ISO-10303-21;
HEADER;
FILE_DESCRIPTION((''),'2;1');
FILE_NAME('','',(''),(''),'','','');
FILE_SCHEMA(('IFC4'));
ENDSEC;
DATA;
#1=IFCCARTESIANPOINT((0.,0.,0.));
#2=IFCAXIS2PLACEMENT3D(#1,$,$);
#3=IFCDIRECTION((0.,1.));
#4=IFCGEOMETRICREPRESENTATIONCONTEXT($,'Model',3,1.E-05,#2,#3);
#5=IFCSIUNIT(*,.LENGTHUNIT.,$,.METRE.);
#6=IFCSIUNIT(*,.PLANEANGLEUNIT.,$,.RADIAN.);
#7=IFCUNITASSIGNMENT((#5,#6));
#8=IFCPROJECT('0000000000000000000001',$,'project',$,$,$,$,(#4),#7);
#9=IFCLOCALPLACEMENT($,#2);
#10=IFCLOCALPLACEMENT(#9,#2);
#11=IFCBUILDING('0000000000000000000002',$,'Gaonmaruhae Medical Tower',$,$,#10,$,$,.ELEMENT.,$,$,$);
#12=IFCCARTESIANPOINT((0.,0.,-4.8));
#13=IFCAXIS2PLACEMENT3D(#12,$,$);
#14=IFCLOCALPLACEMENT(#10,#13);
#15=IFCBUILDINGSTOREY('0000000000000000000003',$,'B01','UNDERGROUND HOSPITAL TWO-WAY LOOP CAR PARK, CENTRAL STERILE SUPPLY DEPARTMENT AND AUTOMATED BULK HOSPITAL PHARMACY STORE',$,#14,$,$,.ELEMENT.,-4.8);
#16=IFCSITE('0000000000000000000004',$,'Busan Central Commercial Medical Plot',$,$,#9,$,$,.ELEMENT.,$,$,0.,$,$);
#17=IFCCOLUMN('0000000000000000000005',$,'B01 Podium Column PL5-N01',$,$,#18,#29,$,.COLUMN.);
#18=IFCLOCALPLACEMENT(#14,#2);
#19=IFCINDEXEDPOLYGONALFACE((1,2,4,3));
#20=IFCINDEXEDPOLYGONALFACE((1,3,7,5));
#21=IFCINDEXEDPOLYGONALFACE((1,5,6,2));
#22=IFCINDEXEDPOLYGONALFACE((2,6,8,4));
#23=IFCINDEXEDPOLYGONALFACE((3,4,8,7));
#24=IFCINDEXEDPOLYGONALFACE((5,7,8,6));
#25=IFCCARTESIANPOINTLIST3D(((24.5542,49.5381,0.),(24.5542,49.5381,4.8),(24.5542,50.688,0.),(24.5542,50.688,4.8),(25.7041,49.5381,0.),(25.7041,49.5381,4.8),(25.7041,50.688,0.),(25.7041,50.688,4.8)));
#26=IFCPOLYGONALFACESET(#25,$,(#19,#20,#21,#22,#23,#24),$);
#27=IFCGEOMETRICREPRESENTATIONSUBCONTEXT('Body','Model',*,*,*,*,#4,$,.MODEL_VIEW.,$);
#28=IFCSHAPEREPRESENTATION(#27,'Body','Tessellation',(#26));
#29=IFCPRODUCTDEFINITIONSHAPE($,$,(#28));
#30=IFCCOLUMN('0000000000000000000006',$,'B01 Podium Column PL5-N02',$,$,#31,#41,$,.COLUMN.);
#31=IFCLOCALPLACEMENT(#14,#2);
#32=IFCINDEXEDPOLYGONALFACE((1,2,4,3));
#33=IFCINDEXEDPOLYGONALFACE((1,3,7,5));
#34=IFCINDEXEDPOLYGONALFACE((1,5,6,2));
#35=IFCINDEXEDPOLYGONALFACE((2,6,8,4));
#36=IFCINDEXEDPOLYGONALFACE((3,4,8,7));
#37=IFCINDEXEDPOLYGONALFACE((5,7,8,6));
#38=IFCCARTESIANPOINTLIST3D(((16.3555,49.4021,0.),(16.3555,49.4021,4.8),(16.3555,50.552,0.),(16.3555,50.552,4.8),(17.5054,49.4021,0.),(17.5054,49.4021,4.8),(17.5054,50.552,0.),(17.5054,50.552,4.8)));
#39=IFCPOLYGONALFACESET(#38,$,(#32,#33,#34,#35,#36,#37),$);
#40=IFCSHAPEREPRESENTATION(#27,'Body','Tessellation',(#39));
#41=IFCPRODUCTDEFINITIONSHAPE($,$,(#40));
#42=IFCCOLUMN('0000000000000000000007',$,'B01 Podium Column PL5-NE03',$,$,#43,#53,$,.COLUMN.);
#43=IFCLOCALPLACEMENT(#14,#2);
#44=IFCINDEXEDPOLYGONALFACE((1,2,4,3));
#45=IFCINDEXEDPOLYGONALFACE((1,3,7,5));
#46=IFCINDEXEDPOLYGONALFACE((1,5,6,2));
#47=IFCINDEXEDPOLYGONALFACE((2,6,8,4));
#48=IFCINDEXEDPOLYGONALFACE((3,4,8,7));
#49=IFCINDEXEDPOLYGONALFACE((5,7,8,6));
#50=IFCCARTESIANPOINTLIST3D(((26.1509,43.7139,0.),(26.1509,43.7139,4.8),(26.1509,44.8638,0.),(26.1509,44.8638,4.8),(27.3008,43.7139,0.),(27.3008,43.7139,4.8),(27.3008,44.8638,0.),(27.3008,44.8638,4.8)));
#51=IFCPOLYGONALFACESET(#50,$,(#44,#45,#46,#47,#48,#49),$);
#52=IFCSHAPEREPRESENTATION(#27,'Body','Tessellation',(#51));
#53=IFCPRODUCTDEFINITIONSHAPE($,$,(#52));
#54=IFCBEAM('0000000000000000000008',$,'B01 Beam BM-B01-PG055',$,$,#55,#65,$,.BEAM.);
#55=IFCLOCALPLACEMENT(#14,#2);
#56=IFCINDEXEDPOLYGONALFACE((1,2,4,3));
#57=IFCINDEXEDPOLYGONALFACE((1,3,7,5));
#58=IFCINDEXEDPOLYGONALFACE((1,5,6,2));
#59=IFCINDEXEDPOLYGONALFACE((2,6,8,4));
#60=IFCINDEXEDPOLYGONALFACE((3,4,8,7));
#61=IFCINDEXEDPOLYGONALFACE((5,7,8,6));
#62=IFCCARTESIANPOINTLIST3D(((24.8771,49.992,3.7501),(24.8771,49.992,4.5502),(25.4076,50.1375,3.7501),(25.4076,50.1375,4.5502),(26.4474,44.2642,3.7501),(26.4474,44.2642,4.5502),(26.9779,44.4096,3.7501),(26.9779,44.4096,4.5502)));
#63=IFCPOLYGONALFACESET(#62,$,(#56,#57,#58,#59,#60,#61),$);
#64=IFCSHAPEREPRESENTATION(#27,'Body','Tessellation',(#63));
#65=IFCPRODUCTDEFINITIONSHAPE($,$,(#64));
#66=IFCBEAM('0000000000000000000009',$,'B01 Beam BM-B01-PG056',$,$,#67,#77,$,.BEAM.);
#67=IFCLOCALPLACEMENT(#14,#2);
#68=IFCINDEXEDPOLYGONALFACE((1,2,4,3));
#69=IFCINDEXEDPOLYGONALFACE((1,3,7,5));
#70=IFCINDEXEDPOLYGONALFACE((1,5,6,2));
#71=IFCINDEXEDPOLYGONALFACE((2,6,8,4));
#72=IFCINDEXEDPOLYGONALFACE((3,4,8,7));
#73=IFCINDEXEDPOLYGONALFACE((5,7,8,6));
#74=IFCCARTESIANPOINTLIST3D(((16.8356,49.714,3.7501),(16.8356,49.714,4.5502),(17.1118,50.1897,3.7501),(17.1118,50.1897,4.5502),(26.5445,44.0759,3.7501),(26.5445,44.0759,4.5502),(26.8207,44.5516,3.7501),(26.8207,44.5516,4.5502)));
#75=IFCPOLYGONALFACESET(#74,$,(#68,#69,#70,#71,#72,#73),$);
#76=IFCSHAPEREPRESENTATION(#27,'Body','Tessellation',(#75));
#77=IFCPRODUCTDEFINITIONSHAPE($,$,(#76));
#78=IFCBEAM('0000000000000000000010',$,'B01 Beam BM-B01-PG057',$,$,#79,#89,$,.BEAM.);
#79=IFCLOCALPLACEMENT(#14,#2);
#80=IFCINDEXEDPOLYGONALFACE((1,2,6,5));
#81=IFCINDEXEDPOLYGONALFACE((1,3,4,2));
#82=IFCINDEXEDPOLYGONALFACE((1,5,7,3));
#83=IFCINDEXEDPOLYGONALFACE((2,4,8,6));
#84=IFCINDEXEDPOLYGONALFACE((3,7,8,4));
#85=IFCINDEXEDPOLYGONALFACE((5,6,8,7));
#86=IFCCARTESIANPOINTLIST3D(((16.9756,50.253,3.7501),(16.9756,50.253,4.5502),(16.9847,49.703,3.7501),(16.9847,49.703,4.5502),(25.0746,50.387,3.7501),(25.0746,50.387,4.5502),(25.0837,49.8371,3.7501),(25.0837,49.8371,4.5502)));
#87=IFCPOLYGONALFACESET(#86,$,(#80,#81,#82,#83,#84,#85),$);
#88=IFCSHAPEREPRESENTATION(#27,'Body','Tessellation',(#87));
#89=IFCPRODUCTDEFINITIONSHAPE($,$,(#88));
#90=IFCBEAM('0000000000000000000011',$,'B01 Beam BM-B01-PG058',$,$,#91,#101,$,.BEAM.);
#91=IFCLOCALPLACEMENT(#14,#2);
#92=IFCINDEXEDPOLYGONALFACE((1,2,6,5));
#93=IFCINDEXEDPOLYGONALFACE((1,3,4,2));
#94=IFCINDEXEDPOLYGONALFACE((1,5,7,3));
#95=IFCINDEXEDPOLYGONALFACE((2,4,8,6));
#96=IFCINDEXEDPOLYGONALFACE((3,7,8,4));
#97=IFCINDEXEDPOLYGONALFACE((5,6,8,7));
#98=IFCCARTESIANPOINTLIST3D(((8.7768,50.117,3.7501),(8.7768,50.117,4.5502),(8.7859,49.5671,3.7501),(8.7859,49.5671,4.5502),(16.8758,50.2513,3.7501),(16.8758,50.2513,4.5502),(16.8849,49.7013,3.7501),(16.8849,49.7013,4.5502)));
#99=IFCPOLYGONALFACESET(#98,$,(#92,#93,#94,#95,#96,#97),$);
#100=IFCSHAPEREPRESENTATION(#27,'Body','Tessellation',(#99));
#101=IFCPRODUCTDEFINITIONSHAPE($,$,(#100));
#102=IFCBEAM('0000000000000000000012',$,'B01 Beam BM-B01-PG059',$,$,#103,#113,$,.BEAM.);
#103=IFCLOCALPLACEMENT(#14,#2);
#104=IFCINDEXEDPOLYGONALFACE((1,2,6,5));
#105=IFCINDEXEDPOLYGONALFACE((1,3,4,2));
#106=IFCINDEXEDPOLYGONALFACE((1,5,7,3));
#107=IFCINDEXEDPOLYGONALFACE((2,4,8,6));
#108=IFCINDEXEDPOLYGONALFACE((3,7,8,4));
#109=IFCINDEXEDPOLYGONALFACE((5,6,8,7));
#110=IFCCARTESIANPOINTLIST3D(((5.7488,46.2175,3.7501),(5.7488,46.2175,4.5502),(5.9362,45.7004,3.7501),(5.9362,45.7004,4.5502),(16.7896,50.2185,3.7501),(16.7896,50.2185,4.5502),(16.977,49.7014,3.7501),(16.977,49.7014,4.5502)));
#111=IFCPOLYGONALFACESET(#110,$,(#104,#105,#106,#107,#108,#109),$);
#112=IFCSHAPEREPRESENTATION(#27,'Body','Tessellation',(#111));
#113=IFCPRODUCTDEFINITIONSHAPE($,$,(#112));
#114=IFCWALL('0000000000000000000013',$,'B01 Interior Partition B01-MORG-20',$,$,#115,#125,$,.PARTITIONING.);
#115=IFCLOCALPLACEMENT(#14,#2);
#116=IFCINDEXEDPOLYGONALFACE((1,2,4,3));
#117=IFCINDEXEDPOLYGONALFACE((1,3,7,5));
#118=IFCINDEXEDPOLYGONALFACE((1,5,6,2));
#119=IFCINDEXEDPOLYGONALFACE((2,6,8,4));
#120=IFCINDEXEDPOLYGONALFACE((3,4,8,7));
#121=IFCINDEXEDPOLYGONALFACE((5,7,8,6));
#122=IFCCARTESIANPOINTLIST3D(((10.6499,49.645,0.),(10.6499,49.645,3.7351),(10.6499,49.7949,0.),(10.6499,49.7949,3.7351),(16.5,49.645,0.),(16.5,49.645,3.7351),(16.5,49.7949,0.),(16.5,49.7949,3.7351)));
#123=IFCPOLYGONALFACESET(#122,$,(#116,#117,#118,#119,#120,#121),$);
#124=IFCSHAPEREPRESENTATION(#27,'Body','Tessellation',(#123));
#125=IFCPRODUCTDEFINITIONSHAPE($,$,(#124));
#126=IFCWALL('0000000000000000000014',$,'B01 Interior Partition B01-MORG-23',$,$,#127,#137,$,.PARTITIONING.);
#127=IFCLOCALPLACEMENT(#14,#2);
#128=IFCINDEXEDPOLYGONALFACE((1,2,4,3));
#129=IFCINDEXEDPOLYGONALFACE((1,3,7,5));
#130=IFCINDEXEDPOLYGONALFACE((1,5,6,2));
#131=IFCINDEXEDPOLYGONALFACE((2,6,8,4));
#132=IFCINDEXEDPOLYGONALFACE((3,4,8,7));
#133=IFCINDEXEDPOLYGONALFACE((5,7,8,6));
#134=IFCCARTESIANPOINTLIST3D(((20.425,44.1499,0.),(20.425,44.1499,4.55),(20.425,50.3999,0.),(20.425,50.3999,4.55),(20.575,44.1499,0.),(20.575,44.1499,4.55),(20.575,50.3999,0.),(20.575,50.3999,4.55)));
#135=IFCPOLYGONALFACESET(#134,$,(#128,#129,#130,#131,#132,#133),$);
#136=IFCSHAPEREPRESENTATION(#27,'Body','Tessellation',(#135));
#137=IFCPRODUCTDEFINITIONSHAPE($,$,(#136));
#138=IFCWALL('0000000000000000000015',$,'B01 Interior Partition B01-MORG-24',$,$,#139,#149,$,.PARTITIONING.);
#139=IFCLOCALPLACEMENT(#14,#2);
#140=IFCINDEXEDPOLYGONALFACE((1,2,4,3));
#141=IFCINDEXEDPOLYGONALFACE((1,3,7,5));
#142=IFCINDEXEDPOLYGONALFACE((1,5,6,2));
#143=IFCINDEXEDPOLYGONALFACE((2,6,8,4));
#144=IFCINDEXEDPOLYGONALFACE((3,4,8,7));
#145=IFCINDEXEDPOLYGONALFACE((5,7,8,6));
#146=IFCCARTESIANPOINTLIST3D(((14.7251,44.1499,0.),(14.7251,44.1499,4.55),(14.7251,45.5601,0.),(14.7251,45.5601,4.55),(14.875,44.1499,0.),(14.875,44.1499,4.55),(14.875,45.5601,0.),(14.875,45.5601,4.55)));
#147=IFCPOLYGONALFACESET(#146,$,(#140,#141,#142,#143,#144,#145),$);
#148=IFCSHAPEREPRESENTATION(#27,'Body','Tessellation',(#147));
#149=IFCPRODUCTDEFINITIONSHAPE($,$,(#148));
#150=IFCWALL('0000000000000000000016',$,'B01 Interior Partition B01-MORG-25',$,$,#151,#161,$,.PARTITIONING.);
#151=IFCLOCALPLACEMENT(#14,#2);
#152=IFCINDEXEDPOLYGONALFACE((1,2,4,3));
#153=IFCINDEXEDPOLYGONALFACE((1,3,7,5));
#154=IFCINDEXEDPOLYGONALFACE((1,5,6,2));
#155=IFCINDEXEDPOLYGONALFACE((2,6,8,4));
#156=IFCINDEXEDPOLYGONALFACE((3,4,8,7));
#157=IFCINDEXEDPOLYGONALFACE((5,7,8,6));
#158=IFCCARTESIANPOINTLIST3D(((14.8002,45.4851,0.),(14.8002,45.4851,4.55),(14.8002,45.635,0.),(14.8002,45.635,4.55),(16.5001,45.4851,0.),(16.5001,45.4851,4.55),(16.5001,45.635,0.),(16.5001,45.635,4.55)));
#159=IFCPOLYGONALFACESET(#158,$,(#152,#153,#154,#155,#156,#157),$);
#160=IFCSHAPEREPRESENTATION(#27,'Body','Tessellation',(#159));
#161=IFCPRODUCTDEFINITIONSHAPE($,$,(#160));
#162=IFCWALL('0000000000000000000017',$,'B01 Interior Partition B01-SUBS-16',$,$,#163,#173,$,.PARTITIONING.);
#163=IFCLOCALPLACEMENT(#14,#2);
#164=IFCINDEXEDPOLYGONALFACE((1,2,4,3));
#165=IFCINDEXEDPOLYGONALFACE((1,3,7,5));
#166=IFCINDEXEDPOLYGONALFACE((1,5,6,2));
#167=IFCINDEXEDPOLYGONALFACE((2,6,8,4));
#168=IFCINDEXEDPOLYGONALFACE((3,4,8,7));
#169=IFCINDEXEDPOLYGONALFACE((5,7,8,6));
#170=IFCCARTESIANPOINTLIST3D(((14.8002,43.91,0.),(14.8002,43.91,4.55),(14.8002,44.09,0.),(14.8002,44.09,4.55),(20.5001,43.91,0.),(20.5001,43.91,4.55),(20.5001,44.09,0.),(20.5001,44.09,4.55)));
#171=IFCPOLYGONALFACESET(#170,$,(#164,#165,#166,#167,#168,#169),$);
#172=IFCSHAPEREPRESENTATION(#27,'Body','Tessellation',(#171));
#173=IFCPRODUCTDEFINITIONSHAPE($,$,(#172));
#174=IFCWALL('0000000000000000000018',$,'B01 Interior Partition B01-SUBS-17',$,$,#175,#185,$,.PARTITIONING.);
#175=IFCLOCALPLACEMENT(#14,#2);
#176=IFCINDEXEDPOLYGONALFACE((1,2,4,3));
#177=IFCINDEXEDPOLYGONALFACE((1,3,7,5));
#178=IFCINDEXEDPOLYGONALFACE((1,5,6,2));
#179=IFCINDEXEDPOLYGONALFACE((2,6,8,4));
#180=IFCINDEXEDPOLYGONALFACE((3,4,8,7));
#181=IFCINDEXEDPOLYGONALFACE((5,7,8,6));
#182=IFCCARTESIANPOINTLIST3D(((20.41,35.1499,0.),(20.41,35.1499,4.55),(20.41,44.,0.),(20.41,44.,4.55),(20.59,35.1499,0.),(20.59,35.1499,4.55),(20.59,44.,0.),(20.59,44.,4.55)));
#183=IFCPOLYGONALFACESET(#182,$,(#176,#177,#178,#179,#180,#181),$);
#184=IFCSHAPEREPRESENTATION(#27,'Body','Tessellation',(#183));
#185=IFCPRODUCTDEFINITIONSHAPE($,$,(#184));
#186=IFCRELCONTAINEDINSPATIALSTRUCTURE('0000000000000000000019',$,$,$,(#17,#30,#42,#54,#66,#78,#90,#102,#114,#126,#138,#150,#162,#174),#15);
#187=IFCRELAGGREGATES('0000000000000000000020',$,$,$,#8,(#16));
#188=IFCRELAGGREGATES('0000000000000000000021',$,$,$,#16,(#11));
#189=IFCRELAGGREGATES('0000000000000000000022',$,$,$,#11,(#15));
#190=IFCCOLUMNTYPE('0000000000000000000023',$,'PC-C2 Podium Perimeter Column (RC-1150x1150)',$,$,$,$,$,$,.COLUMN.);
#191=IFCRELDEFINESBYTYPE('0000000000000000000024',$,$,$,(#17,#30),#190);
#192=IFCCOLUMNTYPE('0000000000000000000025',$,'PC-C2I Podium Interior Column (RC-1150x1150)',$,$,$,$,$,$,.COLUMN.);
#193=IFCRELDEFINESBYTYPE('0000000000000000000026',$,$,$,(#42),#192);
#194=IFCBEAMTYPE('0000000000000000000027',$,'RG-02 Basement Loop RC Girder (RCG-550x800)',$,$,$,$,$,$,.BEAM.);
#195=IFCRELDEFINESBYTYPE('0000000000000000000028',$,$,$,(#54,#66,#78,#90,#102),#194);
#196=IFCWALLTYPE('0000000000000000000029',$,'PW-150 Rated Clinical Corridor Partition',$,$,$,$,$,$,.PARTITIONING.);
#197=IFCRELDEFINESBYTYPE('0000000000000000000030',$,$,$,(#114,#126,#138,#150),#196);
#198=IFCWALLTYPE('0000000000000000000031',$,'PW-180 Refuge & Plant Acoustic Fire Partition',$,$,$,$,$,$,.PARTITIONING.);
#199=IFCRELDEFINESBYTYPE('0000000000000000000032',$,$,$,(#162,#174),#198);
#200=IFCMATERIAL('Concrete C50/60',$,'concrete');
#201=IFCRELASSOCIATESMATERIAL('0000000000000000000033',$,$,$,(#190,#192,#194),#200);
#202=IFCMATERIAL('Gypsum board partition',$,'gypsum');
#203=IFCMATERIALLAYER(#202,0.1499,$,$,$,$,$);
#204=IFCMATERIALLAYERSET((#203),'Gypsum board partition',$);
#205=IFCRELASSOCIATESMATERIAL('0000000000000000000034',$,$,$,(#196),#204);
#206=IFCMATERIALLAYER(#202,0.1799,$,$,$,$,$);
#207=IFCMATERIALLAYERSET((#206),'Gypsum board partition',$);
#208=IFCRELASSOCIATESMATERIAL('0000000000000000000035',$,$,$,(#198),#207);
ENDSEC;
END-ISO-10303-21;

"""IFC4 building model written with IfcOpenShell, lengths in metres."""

from ifc_helpers import new_model, si_unit, direction, frame, frame_2d, origin, origin_2d, place, context, subcontext, project, spatial, rectangle, extrude, material, layer, layer_set, material_profile, profile_set, type_object, element, save


model = new_model("IFC4")

# Units and contexts
model_context = context("Model", 3, precision=1e-05, world=origin(), true_north=direction((0.0, 1.0)))
body_context = subcontext(model_context, "Body", "Model", "MODEL_VIEW")
ifc_project = project(units=[si_unit("LENGTHUNIT", "METRE"), si_unit("PLANEANGLEUNIT", "RADIAN")], contexts=[model_context])

# Site, building, storey
site_placement = place(None, origin())
site = spatial("IfcSite", under=ifc_project, at=site_placement, Name="Busan Central Commercial Medical Plot", CompositionType="ELEMENT", RefElevation=0.0)
building_placement = place(site_placement, origin())
building = spatial("IfcBuilding", under=site, at=building_placement, Name="Gaonmaruhae Medical Tower", CompositionType="ELEMENT")
storey_placement = place(building_placement, frame((0.0, 0.0, -4.8)))
storey = spatial("IfcBuildingStorey", under=building, at=storey_placement, Name="B01", Description="UNDERGROUND HOSPITAL TWO-WAY LOOP CAR PARK, CENTRAL STERILE SUPPLY DEPARTMENT AND AUTOMATED BULK HOSPITAL PHARMACY STORE", CompositionType="ELEMENT", Elevation=-4.8)

# Columns
ifc_material_1 = material(Name="Concrete C50/60", Category="concrete")
ifc_material_profile_1 = material_profile(ifc_material_1, rectangle(XDim=1.1499, YDim=1.1499, at=origin_2d()), Name="RC-1150x1150")
ifc_profile_set_1 = profile_set([ifc_material_profile_1], Name="Concrete C50/60")
column_type_1 = type_object("IfcColumnType", Name="PC-C2 Podium Perimeter Column (RC-1150x1150)", PredefinedType="COLUMN", material=ifc_profile_set_1)
for number, where, z_axis, x_axis, name in (
    (1, (25.1292, 50.113, 0.0), (0.0, 0.0, 1.0), (1.0, 0.0, 0.0), "B01 Podium Column PL5-N01"),
    (2, (16.9304, 49.9771, 0.0), (0.0, 0.0, 1.0), (1.0, 0.0, 0.0), "B01 Podium Column PL5-N02"),
):
    element("IfcColumn", number, at=place(storey_placement, frame(where, z_axis=z_axis, x_axis=x_axis)), inside=storey, type_object=column_type_1, Name=name, PredefinedType="COLUMN", context=body_context, shape_type="SweptSolid", body=[
        extrude(rectangle(XDim=1.1499, YDim=1.1499, at=origin_2d()), origin(), (0.0, 0.0, 1.0), 4.8),
    ])
ifc_material_profile_2 = material_profile(ifc_material_1, rectangle(XDim=1.1499, YDim=1.1499, at=origin_2d()), Name="RC-1150x1150")
ifc_profile_set_2 = profile_set([ifc_material_profile_2], Name="Concrete C50/60")
column_type_2 = type_object("IfcColumnType", Name="PC-C2I Podium Interior Column (RC-1150x1150)", PredefinedType="COLUMN", material=ifc_profile_set_2)
column_placement = place(storey_placement, frame((26.7258, 44.2888, 0.0), z_axis=(0.0, 0.0, 1.0), x_axis=(1.0, 0.0, 0.0)))
element("IfcColumn", 3, at=column_placement, inside=storey, type_object=column_type_2, Name="B01 Podium Column PL5-NE03", PredefinedType="COLUMN", context=body_context, shape_type="SweptSolid", body=[
    extrude(rectangle(XDim=1.1499, YDim=1.1499, at=origin_2d()), origin(), (0.0, 0.0, 1.0), 4.8),
])

# Beams
ifc_material_profile_3 = material_profile(ifc_material_1, rectangle(XDim=0.55, YDim=0.8, at=origin_2d()), Name="RCG-550x800")
ifc_profile_set_3 = profile_set([ifc_material_profile_3], Name="Concrete C50/60")
beam_type = type_object("IfcBeamType", Name="RG-02 Basement Loop RC Girder (RCG-550x800)", PredefinedType="BEAM", material=ifc_profile_set_3)
beam_1_placement = place(storey_placement, frame((26.7126, 44.3369, 4.1501), z_axis=(-0.264401, 0.964413, 0.0), x_axis=(-0.964413, -0.264401, 0.0)))
element("IfcBeam", 4, at=beam_1_placement, inside=storey, type_object=beam_type, Name="B01 Beam BM-B01-PG055", PredefinedType="BEAM", context=body_context, shape_type="SweptSolid", body=[
    extrude(rectangle(XDim=0.55, YDim=0.8, at=origin_2d()), origin(), (0.0, 0.0, 1.0), 5.9392),
])
beam_2_placement = place(storey_placement, frame((26.6826, 44.3137, 4.1501), z_axis=(-0.864762, 0.502183, 0.0), x_axis=(-0.502183, -0.864762, 0.0)))
element("IfcBeam", 5, at=beam_2_placement, inside=storey, type_object=beam_type, Name="B01 Beam BM-B01-PG056", PredefinedType="BEAM", context=body_context, shape_type="SweptSolid", body=[
    extrude(rectangle(XDim=0.55, YDim=0.8, at=origin_2d()), origin(), (0.0, 0.0, 1.0), 11.2273),
])
for number, where, z_axis, x_axis, name in (
    (6, (25.0791, 50.1121, 4.1501), (-0.999863, -0.016547, 0.0), (0.016547, -0.999863, 0.0), "B01 Beam BM-B01-PG057"),
    (7, (16.8804, 49.9763, 4.1501), (-0.999863, -0.016577, 0.0), (0.016577, -0.999863, 0.0), "B01 Beam BM-B01-PG058"),
):
    element("IfcBeam", number, at=place(storey_placement, frame(where, z_axis=z_axis, x_axis=x_axis)), inside=storey, type_object=beam_type, Name=name, PredefinedType="BEAM", context=body_context, shape_type="SweptSolid", body=[
        extrude(rectangle(XDim=0.55, YDim=0.8, at=origin_2d()), origin(), (0.0, 0.0, 1.0), 8.1001),
    ])
beam_3_placement = place(storey_placement, frame((16.8833, 49.96, 4.1501), z_axis=(-0.940172, -0.340701, 0.0), x_axis=(0.340701, -0.940172, 0.0)))
element("IfcBeam", 8, at=beam_3_placement, inside=storey, type_object=beam_type, Name="B01 Beam BM-B01-PG059", PredefinedType="BEAM", context=body_context, shape_type="SweptSolid", body=[
    extrude(rectangle(XDim=0.55, YDim=0.8, at=origin_2d()), origin(), (0.0, 0.0, 1.0), 11.7434),
])

# Shared definitions
ifc_material_2 = material(Name="Gypsum board partition", Category="gypsum")
ifc_layer_1 = layer(ifc_material_2, 0.1499)
ifc_layer_set_1 = layer_set([ifc_layer_1], Name="Gypsum board partition")
wall_type_1 = type_object("IfcWallType", Name="PW-150 Rated Clinical Corridor Partition", PredefinedType="PARTITIONING", material=ifc_layer_set_1)

# Walls
wall_1_placement = place(storey_placement, frame((16.5, 49.72, 0.0), z_axis=(0.0, 0.0, 1.0), x_axis=(-1.0, 0.0, 0.0)))
element("IfcWall", 9, at=wall_1_placement, inside=storey, type_object=wall_type_1, Name="B01 Interior Partition B01-MORG-20", PredefinedType="PARTITIONING", context=body_context, shape_type="SweptSolid", body=[
    extrude(rectangle(XDim=5.8501, YDim=0.1499, at=frame_2d((2.925, 0.0))), origin(), (0.0, 0.0, 1.0), 3.7351),
])
wall_2_placement = place(storey_placement, frame((20.5, 50.3999, 0.0), z_axis=(0.0, 0.0, 1.0), x_axis=(0.0, -1.0, 0.0)))
element("IfcWall", 10, at=wall_2_placement, inside=storey, type_object=wall_type_1, Name="B01 Interior Partition B01-MORG-23", PredefinedType="PARTITIONING", context=body_context, shape_type="SweptSolid", body=[
    extrude(rectangle(XDim=6.25, YDim=0.1499, at=frame_2d((3.125, 0.0))), origin(), (0.0, 0.0, 1.0), 4.55),
])
wall_3_placement = place(storey_placement, frame((14.8, 44.1499, 0.0), z_axis=(0.0, 0.0, 1.0), x_axis=(0.0, 1.0, 0.0)))
element("IfcWall", 11, at=wall_3_placement, inside=storey, type_object=wall_type_1, Name="B01 Interior Partition B01-MORG-24", PredefinedType="PARTITIONING", context=body_context, shape_type="SweptSolid", body=[
    extrude(rectangle(XDim=1.4102, YDim=0.1499, at=frame_2d((0.7051, 0.0))), origin(), (0.0, 0.0, 1.0), 4.55),
])
wall_4_placement = place(storey_placement, frame((14.8, 45.5601, 0.0), z_axis=(0.0, 0.0, 1.0), x_axis=(1.0, 0.0, 0.0)))
element("IfcWall", 12, at=wall_4_placement, inside=storey, type_object=wall_type_1, Name="B01 Interior Partition B01-MORG-25", PredefinedType="PARTITIONING", context=body_context, shape_type="SweptSolid", body=[
    extrude(rectangle(XDim=1.7, YDim=0.1499, at=frame_2d((0.8501, 0.0))), origin(), (0.0, 0.0, 1.0), 4.55),
])
ifc_layer_2 = layer(ifc_material_2, 0.1799)
ifc_layer_set_2 = layer_set([ifc_layer_2], Name="Gypsum board partition")
wall_type_2 = type_object("IfcWallType", Name="PW-180 Refuge & Plant Acoustic Fire Partition", PredefinedType="PARTITIONING", material=ifc_layer_set_2)
wall_5_placement = place(storey_placement, frame((14.8, 44.0, 0.0), z_axis=(0.0, 0.0, 1.0), x_axis=(1.0, 0.0, 0.0)))
element("IfcWall", 13, at=wall_5_placement, inside=storey, type_object=wall_type_2, Name="B01 Interior Partition B01-SUBS-16", PredefinedType="PARTITIONING", context=body_context, shape_type="SweptSolid", body=[
    extrude(rectangle(XDim=5.7, YDim=0.1799, at=frame_2d((2.8501, 0.0))), origin(), (0.0, 0.0, 1.0), 4.55),
])
wall_6_placement = place(storey_placement, frame((20.5, 44.0, 0.0), z_axis=(0.0, 0.0, 1.0), x_axis=(0.0, -1.0, 0.0)))
element("IfcWall", 14, at=wall_6_placement, inside=storey, type_object=wall_type_2, Name="B01 Interior Partition B01-SUBS-17", PredefinedType="PARTITIONING", context=body_context, shape_type="SweptSolid", body=[
    extrude(rectangle(XDim=8.8501, YDim=0.1799, at=frame_2d((4.425, 0.0))), origin(), (0.0, 0.0, 1.0), 4.55),
])

save(model, "model.ifc")
